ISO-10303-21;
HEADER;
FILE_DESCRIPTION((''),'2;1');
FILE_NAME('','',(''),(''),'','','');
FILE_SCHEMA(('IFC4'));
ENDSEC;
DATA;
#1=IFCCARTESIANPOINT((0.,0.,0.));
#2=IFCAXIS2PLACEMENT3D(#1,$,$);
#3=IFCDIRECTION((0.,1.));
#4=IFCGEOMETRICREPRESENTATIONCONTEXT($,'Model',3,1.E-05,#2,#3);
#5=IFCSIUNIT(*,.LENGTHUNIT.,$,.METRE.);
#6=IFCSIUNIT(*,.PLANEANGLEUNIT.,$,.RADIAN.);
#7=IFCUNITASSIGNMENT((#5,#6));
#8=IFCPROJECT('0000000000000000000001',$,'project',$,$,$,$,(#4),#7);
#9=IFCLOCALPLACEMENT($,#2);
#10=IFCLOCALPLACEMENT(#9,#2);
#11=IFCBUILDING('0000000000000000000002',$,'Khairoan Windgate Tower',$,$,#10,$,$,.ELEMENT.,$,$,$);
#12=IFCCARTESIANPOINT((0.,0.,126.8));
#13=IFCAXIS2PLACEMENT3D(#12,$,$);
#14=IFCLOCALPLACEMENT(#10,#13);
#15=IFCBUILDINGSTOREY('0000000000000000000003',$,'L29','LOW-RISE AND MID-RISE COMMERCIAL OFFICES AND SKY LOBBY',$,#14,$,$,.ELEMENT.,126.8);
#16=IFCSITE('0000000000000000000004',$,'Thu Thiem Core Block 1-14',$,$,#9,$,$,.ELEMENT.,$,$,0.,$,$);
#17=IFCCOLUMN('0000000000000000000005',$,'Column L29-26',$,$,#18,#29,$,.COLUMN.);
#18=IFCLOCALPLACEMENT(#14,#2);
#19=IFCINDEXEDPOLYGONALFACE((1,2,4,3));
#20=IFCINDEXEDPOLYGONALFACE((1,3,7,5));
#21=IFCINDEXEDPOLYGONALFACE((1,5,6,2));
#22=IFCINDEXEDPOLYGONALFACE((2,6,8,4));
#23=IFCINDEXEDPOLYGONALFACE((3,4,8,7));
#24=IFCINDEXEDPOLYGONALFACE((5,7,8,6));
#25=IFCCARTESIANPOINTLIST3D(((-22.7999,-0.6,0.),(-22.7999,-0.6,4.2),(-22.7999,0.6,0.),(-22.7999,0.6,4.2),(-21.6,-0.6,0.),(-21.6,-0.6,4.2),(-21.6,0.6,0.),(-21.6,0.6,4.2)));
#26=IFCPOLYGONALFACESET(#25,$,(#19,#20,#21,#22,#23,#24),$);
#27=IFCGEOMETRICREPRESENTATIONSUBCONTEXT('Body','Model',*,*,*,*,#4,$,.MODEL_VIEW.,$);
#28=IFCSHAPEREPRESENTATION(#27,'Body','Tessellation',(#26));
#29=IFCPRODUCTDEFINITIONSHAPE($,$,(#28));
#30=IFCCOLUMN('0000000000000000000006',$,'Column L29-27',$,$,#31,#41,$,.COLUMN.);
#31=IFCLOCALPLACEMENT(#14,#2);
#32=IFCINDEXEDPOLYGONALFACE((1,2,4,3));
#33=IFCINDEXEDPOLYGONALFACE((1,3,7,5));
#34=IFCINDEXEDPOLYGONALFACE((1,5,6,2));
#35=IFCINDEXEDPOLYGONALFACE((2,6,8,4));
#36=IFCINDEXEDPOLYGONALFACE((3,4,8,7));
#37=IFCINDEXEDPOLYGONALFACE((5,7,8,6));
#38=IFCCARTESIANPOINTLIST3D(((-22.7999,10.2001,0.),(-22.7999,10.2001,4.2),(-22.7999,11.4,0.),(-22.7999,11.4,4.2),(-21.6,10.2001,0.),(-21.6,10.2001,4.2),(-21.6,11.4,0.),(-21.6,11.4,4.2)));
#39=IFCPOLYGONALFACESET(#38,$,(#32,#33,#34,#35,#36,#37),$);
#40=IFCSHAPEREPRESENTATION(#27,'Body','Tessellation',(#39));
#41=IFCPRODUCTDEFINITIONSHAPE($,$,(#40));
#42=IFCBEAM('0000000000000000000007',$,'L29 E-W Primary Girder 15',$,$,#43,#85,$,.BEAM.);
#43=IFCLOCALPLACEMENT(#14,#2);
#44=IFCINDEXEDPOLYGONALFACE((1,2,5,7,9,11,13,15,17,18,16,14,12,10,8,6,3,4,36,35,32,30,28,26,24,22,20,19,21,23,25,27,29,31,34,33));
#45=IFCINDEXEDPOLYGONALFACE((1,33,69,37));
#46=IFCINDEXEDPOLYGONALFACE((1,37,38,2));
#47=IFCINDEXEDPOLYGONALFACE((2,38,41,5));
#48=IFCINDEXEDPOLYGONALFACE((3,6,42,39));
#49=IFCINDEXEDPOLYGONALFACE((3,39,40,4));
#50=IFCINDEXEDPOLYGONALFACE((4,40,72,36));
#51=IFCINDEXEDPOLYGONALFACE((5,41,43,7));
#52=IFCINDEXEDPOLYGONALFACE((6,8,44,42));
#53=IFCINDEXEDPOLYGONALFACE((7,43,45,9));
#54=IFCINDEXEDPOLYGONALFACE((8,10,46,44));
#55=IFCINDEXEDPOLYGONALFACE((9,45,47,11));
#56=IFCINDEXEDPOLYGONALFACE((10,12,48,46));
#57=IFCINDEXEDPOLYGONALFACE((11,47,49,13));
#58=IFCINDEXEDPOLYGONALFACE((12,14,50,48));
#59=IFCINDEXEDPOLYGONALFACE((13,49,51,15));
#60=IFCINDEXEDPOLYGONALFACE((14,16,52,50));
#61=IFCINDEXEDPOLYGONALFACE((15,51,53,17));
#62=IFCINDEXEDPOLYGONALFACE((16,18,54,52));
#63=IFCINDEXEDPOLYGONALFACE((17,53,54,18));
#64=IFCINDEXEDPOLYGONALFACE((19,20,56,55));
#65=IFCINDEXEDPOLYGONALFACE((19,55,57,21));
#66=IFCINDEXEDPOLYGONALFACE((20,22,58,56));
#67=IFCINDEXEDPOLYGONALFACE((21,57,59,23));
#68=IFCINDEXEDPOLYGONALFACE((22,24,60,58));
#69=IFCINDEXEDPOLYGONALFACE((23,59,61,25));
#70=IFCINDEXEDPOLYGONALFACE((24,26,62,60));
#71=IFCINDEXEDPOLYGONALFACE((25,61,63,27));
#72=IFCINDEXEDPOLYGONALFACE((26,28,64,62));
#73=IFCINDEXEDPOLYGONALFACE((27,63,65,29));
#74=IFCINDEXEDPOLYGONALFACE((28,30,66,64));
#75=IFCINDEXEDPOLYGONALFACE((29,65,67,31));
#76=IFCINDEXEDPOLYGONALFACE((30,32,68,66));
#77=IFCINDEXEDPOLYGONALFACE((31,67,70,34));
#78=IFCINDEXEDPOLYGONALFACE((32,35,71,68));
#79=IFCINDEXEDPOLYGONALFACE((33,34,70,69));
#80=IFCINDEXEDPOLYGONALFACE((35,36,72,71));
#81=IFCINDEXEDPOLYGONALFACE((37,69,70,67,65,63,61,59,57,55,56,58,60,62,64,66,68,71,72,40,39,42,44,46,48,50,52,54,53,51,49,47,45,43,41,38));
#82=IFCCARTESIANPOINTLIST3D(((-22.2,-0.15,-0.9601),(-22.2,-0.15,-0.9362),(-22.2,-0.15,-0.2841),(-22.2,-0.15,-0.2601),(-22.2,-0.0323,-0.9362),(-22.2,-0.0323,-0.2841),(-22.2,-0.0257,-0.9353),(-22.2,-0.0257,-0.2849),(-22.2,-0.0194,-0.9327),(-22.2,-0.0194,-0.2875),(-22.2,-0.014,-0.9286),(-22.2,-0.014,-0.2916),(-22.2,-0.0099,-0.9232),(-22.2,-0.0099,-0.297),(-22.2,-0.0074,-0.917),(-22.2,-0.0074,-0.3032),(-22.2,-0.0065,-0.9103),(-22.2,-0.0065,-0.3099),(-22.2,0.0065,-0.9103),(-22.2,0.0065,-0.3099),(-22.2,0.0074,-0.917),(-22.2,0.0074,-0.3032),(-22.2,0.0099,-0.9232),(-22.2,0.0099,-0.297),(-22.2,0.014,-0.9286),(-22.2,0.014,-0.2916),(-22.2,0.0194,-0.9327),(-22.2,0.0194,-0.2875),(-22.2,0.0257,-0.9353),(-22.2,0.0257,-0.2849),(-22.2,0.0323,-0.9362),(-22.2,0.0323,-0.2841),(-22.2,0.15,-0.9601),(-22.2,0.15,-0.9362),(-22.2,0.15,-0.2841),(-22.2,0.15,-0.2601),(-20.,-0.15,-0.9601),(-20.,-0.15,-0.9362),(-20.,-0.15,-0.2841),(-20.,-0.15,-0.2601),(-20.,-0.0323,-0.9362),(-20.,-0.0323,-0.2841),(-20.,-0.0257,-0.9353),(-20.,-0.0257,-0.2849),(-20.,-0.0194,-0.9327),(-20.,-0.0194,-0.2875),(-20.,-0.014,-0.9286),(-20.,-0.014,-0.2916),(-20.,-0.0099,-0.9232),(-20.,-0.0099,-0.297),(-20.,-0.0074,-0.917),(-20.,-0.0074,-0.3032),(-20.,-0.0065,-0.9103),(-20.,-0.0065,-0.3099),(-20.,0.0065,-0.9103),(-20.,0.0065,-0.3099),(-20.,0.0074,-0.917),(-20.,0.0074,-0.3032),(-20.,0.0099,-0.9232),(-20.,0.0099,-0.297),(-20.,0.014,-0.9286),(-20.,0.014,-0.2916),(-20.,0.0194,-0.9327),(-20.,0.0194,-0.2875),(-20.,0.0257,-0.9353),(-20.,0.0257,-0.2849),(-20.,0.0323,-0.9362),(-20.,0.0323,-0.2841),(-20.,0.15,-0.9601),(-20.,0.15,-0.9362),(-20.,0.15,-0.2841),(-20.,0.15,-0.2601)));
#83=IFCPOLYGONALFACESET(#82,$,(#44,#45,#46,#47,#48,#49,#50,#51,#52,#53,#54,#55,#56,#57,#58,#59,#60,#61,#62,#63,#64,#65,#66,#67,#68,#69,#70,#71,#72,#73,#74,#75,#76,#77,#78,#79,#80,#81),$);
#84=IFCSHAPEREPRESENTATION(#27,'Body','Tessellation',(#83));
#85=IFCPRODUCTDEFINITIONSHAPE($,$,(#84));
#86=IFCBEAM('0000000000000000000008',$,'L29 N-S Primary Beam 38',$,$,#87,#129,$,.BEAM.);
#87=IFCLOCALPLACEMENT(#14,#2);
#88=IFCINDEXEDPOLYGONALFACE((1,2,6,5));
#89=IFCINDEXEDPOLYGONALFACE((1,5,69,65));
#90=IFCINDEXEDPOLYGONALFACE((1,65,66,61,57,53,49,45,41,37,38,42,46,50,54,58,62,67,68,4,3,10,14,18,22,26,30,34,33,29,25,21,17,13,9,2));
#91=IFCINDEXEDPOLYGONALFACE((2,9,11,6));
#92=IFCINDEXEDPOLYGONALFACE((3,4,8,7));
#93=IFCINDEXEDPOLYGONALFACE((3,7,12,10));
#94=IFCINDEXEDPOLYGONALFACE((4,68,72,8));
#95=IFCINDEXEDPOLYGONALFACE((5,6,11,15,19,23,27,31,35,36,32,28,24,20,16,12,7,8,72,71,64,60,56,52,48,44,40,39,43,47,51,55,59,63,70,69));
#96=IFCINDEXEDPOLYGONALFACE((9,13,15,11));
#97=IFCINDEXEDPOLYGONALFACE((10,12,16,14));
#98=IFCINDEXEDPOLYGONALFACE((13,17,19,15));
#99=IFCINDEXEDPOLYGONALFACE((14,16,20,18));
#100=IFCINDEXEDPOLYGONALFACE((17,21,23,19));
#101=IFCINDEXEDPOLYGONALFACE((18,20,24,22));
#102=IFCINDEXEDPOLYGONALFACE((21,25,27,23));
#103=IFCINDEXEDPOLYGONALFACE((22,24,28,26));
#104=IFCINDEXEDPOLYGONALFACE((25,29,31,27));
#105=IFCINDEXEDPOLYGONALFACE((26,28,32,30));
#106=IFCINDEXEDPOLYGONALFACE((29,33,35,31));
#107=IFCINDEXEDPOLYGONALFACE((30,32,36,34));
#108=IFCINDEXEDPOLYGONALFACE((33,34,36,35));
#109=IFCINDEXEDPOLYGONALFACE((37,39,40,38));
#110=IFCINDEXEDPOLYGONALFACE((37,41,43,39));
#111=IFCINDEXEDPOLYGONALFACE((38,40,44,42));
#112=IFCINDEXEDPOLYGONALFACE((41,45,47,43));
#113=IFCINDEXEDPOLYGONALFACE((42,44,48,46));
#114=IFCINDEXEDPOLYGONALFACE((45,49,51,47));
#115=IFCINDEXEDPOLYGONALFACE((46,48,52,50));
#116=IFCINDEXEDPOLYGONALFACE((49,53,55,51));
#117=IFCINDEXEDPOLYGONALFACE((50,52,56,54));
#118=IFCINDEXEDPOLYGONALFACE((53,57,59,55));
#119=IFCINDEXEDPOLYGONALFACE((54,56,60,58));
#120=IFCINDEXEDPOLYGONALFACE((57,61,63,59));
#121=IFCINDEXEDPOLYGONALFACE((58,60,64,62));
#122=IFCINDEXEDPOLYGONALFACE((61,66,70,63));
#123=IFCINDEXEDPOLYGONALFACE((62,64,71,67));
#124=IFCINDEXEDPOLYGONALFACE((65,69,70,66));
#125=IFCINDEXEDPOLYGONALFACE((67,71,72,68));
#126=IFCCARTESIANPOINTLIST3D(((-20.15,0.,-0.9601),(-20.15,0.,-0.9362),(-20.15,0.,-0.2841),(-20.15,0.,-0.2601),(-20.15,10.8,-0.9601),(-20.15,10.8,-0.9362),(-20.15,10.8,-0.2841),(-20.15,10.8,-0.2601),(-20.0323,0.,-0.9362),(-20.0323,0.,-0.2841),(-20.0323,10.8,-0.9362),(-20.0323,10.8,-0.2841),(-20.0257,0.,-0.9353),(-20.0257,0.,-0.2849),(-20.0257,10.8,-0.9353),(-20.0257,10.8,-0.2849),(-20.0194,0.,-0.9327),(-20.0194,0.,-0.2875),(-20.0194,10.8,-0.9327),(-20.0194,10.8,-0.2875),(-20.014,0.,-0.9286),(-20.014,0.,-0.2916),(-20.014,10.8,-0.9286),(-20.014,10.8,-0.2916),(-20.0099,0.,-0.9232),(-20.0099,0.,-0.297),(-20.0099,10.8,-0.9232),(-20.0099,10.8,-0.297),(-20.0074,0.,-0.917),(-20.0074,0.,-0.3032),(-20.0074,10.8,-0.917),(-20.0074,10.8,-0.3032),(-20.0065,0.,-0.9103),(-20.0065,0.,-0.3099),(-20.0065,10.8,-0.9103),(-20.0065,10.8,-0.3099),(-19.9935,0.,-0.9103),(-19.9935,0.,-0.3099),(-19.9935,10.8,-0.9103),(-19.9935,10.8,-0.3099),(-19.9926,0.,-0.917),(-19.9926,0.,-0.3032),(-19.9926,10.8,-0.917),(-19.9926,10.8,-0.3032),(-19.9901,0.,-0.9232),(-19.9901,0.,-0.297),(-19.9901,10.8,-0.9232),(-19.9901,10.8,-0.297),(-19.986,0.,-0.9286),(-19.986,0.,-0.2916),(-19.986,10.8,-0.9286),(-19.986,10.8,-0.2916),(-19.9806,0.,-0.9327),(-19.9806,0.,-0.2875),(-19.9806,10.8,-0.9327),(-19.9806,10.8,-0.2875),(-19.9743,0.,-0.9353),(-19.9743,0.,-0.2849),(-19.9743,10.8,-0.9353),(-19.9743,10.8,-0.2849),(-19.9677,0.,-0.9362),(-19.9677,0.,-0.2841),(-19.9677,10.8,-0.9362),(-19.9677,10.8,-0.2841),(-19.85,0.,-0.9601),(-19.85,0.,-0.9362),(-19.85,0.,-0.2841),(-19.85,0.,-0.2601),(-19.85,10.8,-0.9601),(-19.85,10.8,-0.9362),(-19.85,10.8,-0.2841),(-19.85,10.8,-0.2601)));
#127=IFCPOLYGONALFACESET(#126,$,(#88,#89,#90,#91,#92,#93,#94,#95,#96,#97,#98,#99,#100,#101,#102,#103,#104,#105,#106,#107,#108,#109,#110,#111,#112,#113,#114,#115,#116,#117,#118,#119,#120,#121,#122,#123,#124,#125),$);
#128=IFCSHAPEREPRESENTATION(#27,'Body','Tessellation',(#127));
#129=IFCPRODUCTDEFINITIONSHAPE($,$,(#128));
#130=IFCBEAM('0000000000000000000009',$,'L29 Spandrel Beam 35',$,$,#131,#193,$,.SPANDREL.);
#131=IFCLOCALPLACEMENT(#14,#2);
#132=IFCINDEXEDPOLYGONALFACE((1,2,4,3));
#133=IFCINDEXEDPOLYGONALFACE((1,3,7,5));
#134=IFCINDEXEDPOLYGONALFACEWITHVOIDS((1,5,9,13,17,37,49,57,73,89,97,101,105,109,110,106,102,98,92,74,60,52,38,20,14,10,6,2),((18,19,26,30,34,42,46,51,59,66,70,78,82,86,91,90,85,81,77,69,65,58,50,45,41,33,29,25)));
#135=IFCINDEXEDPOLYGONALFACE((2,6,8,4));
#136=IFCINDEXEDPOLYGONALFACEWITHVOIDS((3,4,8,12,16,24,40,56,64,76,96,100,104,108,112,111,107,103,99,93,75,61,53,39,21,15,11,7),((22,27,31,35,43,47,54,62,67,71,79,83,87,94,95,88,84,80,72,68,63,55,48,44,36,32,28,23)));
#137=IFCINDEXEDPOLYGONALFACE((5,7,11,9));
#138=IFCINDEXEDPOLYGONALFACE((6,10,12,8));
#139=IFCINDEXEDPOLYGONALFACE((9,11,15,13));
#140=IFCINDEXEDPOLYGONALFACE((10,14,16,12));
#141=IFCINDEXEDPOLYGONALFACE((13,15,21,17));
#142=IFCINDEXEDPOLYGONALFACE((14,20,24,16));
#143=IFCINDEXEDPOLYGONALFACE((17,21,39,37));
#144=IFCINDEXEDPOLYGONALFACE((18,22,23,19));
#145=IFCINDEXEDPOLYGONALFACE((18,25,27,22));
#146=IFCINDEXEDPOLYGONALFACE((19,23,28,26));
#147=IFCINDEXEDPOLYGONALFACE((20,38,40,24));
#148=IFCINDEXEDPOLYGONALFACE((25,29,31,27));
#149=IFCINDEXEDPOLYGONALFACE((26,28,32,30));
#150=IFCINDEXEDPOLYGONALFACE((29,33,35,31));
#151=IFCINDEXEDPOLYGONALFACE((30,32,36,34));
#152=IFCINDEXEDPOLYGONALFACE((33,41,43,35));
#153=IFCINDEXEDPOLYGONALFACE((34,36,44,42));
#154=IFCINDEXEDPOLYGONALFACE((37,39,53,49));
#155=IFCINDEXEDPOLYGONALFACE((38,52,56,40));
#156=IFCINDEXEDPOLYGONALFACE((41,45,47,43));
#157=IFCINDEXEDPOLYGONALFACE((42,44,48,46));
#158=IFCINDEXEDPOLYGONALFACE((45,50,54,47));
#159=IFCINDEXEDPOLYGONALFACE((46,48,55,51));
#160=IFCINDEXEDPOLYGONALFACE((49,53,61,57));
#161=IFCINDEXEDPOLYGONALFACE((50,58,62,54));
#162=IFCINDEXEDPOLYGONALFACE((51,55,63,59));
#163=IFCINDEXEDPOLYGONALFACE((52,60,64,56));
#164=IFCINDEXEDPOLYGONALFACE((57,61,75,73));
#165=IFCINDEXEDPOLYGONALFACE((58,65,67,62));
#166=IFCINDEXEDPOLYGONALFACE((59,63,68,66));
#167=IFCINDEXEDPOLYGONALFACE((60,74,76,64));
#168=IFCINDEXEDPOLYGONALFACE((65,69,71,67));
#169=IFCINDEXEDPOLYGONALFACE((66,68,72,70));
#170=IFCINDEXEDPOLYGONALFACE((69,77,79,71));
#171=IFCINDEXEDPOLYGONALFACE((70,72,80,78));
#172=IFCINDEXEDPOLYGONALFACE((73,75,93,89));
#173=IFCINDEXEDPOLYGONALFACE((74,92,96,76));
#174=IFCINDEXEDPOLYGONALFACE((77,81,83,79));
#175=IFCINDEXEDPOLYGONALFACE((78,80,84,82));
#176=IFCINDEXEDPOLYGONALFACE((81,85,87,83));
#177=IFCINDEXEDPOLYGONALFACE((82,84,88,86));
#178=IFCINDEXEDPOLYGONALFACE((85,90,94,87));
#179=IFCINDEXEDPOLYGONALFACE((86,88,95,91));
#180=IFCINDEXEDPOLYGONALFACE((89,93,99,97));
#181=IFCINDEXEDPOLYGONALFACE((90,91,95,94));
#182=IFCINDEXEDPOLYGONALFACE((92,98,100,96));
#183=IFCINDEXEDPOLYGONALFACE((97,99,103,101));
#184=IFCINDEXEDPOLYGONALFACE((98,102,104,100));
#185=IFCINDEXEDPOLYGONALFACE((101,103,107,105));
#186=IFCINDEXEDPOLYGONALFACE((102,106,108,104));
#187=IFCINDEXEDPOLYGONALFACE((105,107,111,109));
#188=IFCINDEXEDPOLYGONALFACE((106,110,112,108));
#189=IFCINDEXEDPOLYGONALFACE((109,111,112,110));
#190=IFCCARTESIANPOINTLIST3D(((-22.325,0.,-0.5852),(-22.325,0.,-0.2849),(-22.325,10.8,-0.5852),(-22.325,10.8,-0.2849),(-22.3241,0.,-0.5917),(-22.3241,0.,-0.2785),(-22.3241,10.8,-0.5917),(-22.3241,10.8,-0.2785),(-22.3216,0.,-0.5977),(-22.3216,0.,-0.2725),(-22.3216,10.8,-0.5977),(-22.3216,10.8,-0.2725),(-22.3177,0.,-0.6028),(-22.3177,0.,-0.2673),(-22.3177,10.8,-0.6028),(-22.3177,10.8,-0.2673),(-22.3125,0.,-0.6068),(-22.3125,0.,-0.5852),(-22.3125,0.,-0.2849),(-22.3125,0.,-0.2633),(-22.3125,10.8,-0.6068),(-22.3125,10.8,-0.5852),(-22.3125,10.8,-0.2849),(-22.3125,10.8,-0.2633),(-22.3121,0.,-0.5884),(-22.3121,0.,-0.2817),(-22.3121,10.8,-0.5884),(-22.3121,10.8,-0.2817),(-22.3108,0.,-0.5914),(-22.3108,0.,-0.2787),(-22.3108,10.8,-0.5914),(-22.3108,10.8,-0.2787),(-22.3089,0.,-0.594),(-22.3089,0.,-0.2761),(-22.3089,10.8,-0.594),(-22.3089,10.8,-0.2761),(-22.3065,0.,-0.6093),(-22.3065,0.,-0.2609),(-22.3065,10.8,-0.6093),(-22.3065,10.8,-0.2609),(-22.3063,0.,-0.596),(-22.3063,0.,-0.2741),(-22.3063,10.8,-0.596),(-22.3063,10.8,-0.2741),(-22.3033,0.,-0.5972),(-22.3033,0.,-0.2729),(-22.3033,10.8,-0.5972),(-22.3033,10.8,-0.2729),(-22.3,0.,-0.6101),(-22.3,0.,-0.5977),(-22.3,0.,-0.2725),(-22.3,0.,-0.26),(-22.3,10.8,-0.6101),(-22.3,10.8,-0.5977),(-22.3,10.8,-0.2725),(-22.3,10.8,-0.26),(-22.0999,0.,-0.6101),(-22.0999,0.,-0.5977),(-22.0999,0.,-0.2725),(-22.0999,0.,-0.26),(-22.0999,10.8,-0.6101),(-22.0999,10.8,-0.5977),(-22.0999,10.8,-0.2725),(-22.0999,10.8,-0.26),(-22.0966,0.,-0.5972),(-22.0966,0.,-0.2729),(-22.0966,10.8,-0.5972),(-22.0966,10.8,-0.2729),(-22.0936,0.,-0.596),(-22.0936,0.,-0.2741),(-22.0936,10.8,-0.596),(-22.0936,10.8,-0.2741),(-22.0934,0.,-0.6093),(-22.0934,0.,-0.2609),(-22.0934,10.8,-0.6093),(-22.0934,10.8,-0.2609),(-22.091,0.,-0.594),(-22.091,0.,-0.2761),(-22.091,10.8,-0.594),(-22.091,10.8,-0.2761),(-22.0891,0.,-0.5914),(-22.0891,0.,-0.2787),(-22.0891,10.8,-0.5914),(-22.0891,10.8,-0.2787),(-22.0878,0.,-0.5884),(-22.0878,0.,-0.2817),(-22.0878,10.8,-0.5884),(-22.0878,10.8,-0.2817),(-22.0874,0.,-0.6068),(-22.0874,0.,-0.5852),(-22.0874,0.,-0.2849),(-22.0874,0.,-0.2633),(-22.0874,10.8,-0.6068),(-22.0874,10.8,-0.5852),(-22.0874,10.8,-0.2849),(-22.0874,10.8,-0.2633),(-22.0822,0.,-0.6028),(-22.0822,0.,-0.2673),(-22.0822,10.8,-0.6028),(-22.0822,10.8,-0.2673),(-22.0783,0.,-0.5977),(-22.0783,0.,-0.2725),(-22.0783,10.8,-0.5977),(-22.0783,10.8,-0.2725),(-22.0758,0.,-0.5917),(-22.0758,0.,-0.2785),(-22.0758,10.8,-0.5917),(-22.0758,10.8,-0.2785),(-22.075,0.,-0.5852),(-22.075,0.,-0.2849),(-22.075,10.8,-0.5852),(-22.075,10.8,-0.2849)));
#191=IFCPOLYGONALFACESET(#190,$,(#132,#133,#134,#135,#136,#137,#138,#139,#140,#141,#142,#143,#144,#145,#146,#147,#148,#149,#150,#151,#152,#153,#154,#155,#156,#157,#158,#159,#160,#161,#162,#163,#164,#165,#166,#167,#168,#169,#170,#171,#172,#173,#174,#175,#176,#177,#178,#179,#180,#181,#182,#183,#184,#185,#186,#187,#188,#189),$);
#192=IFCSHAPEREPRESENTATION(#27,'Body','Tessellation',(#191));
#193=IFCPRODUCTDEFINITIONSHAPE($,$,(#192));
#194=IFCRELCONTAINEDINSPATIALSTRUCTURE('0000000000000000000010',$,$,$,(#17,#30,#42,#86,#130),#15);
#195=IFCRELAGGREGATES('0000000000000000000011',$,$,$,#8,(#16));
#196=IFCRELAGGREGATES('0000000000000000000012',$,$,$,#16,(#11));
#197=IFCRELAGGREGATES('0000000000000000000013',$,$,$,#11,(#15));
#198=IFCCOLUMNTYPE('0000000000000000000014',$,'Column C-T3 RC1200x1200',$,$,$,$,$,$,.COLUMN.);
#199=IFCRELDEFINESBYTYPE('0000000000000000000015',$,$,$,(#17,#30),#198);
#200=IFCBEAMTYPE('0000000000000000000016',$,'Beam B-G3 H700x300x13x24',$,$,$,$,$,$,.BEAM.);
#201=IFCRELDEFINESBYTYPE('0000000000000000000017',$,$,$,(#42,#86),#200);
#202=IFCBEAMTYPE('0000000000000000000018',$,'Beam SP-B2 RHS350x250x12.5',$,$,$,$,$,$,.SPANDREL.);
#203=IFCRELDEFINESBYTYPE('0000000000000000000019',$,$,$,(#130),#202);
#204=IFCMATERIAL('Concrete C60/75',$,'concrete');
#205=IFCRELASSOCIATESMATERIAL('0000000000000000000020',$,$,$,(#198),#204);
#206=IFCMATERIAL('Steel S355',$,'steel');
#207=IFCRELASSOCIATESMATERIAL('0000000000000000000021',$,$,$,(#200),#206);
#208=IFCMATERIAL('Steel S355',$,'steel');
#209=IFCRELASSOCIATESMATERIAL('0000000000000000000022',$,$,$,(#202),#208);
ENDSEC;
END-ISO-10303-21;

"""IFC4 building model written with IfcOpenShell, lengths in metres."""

from ifc_helpers import new_model, si_unit, direction, frame, origin, origin_2d, place, context, subcontext, project, spatial, rectangle, hollow_rectangle, i_section, extrude, material, material_profile, profile_set, type_object, element, save


model = new_model("IFC4")

# Units and contexts
model_context = context("Model", 3, precision=1e-05, world=origin(), true_north=direction((0.0, 1.0)))
body_context = subcontext(model_context, "Body", "Model", "MODEL_VIEW")
ifc_project = project(units=[si_unit("LENGTHUNIT", "METRE"), si_unit("PLANEANGLEUNIT", "RADIAN")], contexts=[model_context])

# Site, building, storey
site_placement = place(None, origin())
site = spatial("IfcSite", under=ifc_project, at=site_placement, Name="Thu Thiem Core Block 1-14", CompositionType="ELEMENT", RefElevation=0.0)
building_placement = place(site_placement, origin())
building = spatial("IfcBuilding", under=site, at=building_placement, Name="Khairoan Windgate Tower", CompositionType="ELEMENT")
storey_placement = place(building_placement, frame((0.0, 0.0, 126.8)))
storey = spatial("IfcBuildingStorey", under=building, at=storey_placement, Name="L29", Description="LOW-RISE AND MID-RISE COMMERCIAL OFFICES AND SKY LOBBY", CompositionType="ELEMENT", Elevation=126.8)

# Columns
ifc_material_1 = material(Name="Concrete C60/75", Category="concrete")
ifc_material_profile_1 = material_profile(ifc_material_1, rectangle(XDim=1.2, YDim=1.2, at=origin_2d()))
ifc_profile_set_1 = profile_set([ifc_material_profile_1], Name="Concrete C60/75")
column_type = type_object("IfcColumnType", Name="Column C-T3 RC1200x1200", PredefinedType="COLUMN", material=ifc_profile_set_1)
for number, where, z_axis, x_axis, name in (
    (1, (-22.2, 0.0, 0.0), (0.0, 0.0, 1.0), (1.0, 0.0, 0.0), "Column L29-26"),
    (2, (-22.2, 10.8, 0.0), (0.0, 0.0, 1.0), (1.0, 0.0, 0.0), "Column L29-27"),
):
    element("IfcColumn", number, at=place(storey_placement, frame(where, z_axis=z_axis, x_axis=x_axis)), inside=storey, type_object=column_type, Name=name, PredefinedType="COLUMN", context=body_context, shape_type="SweptSolid", body=[
        extrude(rectangle(XDim=1.2, YDim=1.2, at=origin_2d()), origin(), (0.0, 0.0, 1.0), 4.2),
    ])

# Beams
ifc_material_2 = material(Name="Steel S355", Category="steel")
ifc_material_profile_2 = material_profile(ifc_material_2, i_section(OverallWidth=0.3, OverallDepth=0.7, WebThickness=0.0129, FlangeThickness=0.0239, FilletRadius=0.0259, at=origin_2d()))
ifc_profile_set_2 = profile_set([ifc_material_profile_2], Name="Steel S355")
beam_type_1 = type_object("IfcBeamType", Name="Beam B-G3 H700x300x13x24", PredefinedType="BEAM", material=ifc_profile_set_2)
beam_1_placement = place(storey_placement, frame((-22.2, 0.0, -0.6101), z_axis=(1.0, 0.0, 0.0), x_axis=(0.0, 1.0, 0.0)))
element("IfcBeam", 3, at=beam_1_placement, inside=storey, type_object=beam_type_1, Name="L29 E-W Primary Girder 15", PredefinedType="BEAM", context=body_context, shape_type="SweptSolid", body=[
    extrude(i_section(OverallWidth=0.3, OverallDepth=0.7, WebThickness=0.0129, FlangeThickness=0.0239, FilletRadius=0.0259, at=origin_2d()), origin(), (0.0, 0.0, 1.0), 2.2),
])
beam_2_placement = place(storey_placement, frame((-20.0, 0.0, -0.6101), z_axis=(0.0, 1.0, 0.0), x_axis=(-1.0, 0.0, 0.0)))
element("IfcBeam", 4, at=beam_2_placement, inside=storey, type_object=beam_type_1, Name="L29 N-S Primary Beam 38", PredefinedType="BEAM", context=body_context, shape_type="SweptSolid", body=[
    extrude(i_section(OverallWidth=0.3, OverallDepth=0.7, WebThickness=0.0129, FlangeThickness=0.0239, FilletRadius=0.0259, at=origin_2d()), origin(), (0.0, 0.0, 1.0), 10.8),
])
ifc_material_3 = material(Name="Steel S355", Category="steel")
ifc_material_profile_3 = material_profile(ifc_material_3, hollow_rectangle(XDim=0.25, YDim=0.3501, WallThickness=0.0125, InnerFilletRadius=0.0125, OuterFilletRadius=0.0249, at=origin_2d()))
ifc_profile_set_3 = profile_set([ifc_material_profile_3], Name="Steel S355")
beam_type_2 = type_object("IfcBeamType", Name="Beam SP-B2 RHS350x250x12.5", PredefinedType="SPANDREL", material=ifc_profile_set_3)
beam_3_placement = place(storey_placement, frame((-22.2, 0.0, -0.4351), z_axis=(0.0, 1.0, 0.0), x_axis=(-1.0, 0.0, 0.0)))
element("IfcBeam", 5, at=beam_3_placement, inside=storey, type_object=beam_type_2, Name="L29 Spandrel Beam 35", PredefinedType="SPANDREL", context=body_context, shape_type="SweptSolid", body=[
    extrude(hollow_rectangle(XDim=0.25, YDim=0.3501, WallThickness=0.0125, InnerFilletRadius=0.0125, OuterFilletRadius=0.0249, at=origin_2d()), origin(), (0.0, 0.0, 1.0), 10.8),
])

save(model, "model.ifc")
